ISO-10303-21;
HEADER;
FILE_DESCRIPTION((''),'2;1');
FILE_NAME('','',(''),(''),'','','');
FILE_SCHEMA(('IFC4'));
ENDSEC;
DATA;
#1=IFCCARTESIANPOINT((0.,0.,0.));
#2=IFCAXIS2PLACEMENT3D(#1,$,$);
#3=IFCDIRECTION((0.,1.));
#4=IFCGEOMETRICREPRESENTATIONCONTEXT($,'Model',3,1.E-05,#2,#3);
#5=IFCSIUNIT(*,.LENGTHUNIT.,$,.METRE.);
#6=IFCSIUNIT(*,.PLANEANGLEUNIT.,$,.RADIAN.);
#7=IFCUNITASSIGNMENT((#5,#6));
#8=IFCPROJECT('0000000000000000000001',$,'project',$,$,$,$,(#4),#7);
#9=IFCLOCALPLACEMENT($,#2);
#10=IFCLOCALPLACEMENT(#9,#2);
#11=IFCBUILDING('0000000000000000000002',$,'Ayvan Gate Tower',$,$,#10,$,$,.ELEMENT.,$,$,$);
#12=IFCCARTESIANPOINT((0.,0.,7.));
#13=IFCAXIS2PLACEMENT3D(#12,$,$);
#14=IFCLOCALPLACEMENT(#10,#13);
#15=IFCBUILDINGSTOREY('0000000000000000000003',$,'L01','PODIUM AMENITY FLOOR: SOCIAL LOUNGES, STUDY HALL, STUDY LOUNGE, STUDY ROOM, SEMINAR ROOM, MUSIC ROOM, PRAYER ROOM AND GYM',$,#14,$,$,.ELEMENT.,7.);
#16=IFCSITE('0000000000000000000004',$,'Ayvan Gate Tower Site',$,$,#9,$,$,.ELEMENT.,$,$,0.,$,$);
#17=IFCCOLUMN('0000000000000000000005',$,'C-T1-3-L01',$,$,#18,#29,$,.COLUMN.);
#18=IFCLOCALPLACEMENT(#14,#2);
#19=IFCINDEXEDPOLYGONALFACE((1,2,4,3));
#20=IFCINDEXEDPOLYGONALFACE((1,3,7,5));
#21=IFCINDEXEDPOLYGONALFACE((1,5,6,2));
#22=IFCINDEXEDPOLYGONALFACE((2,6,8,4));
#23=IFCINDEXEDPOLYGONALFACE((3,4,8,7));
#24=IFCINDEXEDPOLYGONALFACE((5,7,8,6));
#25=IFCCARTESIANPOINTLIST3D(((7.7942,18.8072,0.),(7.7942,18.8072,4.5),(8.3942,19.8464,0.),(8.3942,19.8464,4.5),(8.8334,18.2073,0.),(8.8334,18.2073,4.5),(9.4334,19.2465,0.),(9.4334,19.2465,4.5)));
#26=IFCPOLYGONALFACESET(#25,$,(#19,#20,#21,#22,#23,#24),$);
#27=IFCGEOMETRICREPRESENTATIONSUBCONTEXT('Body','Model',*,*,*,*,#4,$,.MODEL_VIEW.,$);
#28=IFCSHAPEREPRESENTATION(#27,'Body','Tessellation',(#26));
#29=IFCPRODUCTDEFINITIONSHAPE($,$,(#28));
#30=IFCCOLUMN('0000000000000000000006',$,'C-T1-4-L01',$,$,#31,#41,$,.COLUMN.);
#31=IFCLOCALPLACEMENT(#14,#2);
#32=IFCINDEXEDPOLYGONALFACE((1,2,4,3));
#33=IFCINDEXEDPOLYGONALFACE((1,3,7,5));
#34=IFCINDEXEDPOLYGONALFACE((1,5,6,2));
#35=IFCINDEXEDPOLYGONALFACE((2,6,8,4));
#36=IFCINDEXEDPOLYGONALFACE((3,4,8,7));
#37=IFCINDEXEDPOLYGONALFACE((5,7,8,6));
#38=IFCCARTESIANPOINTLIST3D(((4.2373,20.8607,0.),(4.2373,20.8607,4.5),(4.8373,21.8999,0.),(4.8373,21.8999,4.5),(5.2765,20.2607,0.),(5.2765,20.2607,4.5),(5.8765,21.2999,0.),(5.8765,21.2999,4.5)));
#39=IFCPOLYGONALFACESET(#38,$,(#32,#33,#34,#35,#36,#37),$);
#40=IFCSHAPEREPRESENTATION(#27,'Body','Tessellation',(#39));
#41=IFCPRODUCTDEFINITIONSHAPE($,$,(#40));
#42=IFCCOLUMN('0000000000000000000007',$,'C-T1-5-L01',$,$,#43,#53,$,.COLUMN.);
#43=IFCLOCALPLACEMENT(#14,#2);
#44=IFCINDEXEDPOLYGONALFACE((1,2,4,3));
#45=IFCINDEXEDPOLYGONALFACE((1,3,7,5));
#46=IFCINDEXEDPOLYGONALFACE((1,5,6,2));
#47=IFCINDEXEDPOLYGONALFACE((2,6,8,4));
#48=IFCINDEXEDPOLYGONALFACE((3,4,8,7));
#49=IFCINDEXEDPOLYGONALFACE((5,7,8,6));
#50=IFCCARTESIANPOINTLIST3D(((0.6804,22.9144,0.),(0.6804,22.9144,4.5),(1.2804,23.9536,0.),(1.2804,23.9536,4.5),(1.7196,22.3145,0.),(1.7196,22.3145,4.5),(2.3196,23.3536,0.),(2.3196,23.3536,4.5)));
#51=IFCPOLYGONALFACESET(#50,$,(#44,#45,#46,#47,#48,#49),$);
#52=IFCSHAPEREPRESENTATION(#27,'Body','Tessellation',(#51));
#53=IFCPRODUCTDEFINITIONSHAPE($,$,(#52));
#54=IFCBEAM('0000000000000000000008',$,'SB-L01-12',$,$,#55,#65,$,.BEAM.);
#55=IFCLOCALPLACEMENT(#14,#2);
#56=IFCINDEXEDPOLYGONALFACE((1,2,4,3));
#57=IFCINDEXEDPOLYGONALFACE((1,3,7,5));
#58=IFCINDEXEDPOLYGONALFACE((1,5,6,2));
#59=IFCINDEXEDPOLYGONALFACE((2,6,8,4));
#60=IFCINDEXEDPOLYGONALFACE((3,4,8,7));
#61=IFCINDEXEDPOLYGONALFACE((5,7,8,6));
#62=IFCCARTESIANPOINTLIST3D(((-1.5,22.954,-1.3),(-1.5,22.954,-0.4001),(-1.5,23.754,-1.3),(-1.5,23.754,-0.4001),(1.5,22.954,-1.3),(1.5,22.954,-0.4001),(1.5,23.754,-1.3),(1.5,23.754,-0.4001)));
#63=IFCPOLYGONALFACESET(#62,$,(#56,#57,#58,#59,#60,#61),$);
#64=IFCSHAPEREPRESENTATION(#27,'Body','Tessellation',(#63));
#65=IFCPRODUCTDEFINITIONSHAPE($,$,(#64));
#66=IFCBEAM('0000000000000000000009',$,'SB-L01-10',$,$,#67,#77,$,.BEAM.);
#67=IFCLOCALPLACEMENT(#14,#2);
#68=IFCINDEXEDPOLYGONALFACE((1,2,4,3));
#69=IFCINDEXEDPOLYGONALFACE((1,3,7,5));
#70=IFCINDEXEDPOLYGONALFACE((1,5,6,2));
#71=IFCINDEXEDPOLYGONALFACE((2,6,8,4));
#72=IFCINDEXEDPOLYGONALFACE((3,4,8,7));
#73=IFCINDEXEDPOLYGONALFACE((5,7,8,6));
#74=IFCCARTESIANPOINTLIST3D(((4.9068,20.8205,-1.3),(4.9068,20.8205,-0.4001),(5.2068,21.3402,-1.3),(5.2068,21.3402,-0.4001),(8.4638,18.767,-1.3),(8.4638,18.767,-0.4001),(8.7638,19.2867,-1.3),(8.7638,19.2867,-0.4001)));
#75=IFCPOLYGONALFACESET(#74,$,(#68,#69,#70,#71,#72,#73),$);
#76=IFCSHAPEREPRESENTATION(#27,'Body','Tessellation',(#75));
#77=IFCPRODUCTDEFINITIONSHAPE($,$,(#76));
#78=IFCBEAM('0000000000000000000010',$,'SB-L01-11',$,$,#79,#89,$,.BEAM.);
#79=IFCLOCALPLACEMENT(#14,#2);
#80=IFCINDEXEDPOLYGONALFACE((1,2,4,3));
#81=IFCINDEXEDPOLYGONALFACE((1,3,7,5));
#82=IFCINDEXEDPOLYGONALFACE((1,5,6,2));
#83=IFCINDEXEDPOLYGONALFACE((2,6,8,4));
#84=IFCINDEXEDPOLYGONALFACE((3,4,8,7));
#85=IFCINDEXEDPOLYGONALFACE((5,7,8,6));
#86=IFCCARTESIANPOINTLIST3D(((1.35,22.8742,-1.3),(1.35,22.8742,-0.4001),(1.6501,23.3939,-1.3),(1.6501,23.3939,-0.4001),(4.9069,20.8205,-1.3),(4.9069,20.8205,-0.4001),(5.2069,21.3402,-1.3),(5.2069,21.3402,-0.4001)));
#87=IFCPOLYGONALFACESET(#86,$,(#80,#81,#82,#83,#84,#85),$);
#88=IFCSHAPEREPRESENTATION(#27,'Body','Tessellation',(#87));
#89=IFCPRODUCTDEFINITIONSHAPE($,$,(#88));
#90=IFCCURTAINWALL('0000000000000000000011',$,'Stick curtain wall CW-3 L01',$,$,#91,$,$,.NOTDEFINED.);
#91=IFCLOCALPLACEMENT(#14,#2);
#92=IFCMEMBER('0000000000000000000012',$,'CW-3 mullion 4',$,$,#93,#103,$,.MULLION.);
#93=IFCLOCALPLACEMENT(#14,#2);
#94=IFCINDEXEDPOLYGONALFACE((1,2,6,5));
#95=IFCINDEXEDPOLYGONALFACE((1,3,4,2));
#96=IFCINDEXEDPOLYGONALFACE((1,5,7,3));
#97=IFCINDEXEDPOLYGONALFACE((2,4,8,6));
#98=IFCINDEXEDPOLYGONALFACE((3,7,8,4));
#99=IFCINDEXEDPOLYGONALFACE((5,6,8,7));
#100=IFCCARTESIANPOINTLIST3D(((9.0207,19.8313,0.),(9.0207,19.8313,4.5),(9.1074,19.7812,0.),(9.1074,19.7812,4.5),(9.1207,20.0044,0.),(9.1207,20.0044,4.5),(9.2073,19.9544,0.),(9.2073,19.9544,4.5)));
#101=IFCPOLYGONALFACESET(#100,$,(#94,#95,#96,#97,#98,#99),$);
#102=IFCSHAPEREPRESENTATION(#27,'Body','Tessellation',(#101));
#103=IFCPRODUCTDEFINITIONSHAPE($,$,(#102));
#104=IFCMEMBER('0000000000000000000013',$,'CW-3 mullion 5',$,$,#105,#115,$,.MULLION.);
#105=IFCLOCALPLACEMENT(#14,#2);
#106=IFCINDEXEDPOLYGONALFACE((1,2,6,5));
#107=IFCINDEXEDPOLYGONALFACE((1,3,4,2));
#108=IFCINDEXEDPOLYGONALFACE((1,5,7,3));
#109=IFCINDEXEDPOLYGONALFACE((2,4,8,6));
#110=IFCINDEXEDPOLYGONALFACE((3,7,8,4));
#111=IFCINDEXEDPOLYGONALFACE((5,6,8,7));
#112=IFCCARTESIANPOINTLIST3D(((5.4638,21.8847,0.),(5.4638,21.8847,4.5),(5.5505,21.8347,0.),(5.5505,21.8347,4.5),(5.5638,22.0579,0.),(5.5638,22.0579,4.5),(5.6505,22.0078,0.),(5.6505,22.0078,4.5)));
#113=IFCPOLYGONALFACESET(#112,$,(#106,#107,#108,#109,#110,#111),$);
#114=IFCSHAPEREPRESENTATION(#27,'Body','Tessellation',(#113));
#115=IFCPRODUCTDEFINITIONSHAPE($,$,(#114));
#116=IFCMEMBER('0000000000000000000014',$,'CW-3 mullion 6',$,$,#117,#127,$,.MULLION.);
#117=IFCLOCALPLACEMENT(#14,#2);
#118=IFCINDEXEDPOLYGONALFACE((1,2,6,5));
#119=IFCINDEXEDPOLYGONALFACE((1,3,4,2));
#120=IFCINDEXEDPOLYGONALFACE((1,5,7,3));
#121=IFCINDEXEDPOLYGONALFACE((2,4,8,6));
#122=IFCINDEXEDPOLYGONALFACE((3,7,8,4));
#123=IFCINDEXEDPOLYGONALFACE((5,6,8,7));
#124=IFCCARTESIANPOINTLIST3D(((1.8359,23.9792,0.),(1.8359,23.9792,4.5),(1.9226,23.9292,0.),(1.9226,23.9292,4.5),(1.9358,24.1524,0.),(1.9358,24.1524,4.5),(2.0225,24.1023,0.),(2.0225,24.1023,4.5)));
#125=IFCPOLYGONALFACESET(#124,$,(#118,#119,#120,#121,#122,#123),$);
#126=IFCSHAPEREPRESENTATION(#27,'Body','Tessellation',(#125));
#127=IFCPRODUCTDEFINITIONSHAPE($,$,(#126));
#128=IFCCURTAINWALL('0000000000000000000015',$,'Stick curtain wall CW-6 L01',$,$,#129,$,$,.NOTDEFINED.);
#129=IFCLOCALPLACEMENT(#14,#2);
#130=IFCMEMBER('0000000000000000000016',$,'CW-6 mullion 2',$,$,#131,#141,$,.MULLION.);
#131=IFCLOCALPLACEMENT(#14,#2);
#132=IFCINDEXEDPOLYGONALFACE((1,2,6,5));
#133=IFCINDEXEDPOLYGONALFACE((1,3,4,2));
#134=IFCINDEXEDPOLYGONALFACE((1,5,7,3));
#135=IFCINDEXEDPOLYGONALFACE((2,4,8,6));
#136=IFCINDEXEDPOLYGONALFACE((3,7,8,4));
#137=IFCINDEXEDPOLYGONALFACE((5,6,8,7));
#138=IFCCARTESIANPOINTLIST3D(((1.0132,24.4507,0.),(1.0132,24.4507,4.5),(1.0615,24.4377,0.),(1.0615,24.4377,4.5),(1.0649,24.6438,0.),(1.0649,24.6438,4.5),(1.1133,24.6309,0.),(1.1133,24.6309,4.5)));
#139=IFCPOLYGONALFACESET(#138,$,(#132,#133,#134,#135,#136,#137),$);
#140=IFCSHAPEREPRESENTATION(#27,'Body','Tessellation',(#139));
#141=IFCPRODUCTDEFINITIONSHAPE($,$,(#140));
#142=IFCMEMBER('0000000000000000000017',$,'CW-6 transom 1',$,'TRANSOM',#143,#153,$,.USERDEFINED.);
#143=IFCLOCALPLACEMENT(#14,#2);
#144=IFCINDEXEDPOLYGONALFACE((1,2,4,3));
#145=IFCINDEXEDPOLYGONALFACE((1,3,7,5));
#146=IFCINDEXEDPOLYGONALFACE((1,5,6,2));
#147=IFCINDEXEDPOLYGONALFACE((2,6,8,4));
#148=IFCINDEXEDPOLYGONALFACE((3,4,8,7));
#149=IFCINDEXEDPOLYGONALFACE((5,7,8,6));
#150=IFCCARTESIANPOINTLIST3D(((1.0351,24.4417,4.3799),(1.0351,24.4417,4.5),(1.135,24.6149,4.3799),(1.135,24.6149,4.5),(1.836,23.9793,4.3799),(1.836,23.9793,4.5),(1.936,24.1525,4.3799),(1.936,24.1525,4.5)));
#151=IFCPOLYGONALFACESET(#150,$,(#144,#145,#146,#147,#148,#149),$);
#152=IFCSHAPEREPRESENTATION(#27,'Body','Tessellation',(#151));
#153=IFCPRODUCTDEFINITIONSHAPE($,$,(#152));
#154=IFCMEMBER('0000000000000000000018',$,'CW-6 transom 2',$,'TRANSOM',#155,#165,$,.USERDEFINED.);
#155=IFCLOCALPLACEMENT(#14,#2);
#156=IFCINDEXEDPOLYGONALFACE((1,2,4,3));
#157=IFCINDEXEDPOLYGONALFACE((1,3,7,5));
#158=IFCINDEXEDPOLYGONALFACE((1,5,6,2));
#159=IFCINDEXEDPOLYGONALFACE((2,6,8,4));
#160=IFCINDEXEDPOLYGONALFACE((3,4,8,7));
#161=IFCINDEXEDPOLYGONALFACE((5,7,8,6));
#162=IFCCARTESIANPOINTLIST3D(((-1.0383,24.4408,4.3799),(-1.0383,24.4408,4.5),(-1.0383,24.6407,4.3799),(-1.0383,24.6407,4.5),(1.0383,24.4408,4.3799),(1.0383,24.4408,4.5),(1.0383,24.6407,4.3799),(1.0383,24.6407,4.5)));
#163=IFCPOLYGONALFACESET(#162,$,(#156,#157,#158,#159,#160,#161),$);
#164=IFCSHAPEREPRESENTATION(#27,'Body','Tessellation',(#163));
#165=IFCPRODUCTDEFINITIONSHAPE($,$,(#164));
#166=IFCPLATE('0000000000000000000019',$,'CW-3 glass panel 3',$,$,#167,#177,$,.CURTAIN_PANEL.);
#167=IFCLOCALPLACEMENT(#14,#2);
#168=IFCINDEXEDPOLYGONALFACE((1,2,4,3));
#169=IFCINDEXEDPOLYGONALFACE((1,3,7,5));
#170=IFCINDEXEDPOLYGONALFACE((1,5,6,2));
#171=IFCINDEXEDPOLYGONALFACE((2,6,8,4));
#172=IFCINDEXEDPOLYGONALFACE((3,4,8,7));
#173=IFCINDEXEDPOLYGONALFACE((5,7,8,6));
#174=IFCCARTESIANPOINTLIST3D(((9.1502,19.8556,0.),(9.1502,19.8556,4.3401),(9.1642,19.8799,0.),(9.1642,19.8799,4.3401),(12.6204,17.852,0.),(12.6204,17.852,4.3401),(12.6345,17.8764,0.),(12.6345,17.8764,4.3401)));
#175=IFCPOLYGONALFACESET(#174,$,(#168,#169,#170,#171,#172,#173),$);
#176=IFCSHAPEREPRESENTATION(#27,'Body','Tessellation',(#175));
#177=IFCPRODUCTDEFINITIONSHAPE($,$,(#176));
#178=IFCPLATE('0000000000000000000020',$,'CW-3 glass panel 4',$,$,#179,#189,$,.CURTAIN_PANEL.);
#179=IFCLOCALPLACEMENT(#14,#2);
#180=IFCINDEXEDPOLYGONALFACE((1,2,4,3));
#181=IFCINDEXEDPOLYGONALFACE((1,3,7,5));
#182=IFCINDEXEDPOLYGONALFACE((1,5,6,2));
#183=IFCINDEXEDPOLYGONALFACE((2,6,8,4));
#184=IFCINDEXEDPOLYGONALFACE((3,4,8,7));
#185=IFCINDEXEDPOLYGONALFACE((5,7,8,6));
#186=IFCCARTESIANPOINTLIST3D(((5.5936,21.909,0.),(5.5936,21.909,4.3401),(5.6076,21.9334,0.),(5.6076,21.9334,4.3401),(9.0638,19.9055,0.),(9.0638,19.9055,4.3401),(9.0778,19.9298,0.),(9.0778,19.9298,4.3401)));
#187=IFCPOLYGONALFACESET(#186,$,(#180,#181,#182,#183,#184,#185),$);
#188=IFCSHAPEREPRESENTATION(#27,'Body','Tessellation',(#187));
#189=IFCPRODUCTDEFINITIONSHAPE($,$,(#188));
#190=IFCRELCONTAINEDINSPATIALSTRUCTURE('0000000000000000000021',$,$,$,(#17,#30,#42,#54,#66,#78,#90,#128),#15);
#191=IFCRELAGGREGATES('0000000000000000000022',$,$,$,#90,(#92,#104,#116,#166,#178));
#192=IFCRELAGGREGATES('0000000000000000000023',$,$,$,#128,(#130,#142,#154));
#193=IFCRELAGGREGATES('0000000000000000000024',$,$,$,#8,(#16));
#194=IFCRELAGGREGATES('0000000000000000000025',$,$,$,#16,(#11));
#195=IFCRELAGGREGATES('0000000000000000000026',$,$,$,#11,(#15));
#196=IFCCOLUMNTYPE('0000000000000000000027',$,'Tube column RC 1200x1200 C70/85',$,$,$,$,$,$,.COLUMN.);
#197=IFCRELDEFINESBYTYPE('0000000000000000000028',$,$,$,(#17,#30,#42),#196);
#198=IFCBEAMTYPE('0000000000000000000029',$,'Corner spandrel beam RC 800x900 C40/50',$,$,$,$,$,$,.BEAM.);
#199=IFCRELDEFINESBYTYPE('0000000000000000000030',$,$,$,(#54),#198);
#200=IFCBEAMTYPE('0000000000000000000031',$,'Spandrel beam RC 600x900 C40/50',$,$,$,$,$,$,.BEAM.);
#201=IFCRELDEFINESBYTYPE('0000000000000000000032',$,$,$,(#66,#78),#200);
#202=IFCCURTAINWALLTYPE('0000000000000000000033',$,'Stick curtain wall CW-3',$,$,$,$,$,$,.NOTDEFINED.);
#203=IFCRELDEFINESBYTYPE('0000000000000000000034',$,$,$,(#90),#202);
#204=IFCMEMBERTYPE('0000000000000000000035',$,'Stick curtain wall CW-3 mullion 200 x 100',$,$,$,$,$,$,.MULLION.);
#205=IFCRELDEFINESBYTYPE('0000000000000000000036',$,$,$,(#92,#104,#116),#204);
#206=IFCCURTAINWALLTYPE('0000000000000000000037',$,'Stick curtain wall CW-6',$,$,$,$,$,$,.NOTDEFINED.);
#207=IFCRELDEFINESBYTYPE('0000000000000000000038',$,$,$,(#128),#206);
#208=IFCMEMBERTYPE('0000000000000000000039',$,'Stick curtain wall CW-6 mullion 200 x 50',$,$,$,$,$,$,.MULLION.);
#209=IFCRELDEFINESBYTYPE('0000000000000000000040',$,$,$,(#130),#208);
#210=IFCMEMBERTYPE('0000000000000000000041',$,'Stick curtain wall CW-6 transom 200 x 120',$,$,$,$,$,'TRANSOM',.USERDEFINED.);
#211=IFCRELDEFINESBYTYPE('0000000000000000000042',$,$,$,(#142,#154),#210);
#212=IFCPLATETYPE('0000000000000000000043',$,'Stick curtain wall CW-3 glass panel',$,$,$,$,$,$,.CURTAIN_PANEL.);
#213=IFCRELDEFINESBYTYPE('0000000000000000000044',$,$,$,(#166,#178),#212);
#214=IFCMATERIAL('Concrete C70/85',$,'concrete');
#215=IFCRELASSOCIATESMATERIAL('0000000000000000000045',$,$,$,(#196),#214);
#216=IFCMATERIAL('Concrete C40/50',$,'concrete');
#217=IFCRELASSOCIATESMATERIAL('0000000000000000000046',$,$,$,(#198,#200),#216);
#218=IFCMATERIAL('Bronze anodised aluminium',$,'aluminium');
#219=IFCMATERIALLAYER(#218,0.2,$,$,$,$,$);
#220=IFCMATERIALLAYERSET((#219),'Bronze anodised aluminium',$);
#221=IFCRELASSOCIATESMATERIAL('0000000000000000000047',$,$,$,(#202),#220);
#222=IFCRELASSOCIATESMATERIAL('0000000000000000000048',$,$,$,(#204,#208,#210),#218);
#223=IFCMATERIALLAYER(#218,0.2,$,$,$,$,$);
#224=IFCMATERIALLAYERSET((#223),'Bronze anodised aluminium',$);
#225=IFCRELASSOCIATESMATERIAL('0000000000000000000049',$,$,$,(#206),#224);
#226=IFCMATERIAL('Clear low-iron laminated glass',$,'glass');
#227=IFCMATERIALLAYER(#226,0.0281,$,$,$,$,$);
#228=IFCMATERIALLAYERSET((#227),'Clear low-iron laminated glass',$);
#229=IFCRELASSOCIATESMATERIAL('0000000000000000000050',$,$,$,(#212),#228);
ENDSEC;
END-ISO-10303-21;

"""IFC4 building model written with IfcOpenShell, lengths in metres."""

from ifc_helpers import new_model, si_unit, direction, frame, origin, origin_2d, place, context, subcontext, project, spatial, rectangle, extrude, material, layer, layer_set, material_profile, profile_set, type_object, element, aggregate, save


model = new_model("IFC4")

# Units and contexts
model_context = context("Model", 3, precision=1e-05, world=origin(), true_north=direction((0.0, 1.0)))
body_context = subcontext(model_context, "Body", "Model", "MODEL_VIEW")
ifc_project = project(units=[si_unit("LENGTHUNIT", "METRE"), si_unit("PLANEANGLEUNIT", "RADIAN")], contexts=[model_context])

# Site, building, storey
site_placement = place(None, origin())
site = spatial("IfcSite", under=ifc_project, at=site_placement, Name="Ayvan Gate Tower Site", CompositionType="ELEMENT", RefElevation=0.0)
building_placement = place(site_placement, origin())
building = spatial("IfcBuilding", under=site, at=building_placement, Name="Ayvan Gate Tower", CompositionType="ELEMENT")
storey_placement = place(building_placement, frame((0.0, 0.0, 7.0)))
storey = spatial("IfcBuildingStorey", under=building, at=storey_placement, Name="L01", Description="PODIUM AMENITY FLOOR: SOCIAL LOUNGES, STUDY HALL, STUDY LOUNGE, STUDY ROOM, SEMINAR ROOM, MUSIC ROOM, PRAYER ROOM AND GYM", CompositionType="ELEMENT", Elevation=7.0)

# Columns
ifc_material_1 = material(Name="Concrete C70/85", Category="concrete")
ifc_material_profile_1 = material_profile(ifc_material_1, rectangle(XDim=1.2, YDim=1.2, at=origin_2d()), Name="RC 1200x1200")
ifc_profile_set_1 = profile_set([ifc_material_profile_1], Name="Concrete C70/85")
column_type = type_object("IfcColumnType", Name="Tube column RC 1200x1200 C70/85", PredefinedType="COLUMN", material=ifc_profile_set_1)
for number, where, z_axis, x_axis, name in (
    (1, (8.6138, 19.0269, 0.0), (0.0, 0.0, 1.0), (0.5, 0.866025, 0.0), "C-T1-3-L01"),
    (2, (5.0569, 21.0803, 0.0), (0.0, 0.0, 1.0), (0.5, 0.866025, 0.0), "C-T1-4-L01"),
    (3, (1.5, 23.134, 0.0), (0.0, 0.0, 1.0), (0.5, 0.866025, 0.0), "C-T1-5-L01"),
):
    element("IfcColumn", number, at=place(storey_placement, frame(where, z_axis=z_axis, x_axis=x_axis)), inside=storey, type_object=column_type, Name=name, PredefinedType="COLUMN", context=body_context, shape_type="SweptSolid", body=[
        extrude(rectangle(XDim=1.2, YDim=1.2, at=origin_2d()), origin(), (0.0, 0.0, 1.0), 4.5),
    ])

# Beams
ifc_material_2 = material(Name="Concrete C40/50", Category="concrete")
ifc_material_profile_2 = material_profile(ifc_material_2, rectangle(XDim=0.8, YDim=0.8999, at=origin_2d()), Name="RC 800x900")
ifc_profile_set_2 = profile_set([ifc_material_profile_2], Name="Concrete C40/50")
beam_type_1 = type_object("IfcBeamType", Name="Corner spandrel beam RC 800x900 C40/50", PredefinedType="BEAM", material=ifc_profile_set_2)
beam_placement = place(storey_placement, frame((1.5, 23.354, -0.8501), z_axis=(-1.0, 0.0, 0.0), x_axis=(0.0, -1.0, 0.0)))
element("IfcBeam", 4, at=beam_placement, inside=storey, type_object=beam_type_1, Name="SB-L01-12", PredefinedType="BEAM", context=body_context, shape_type="SweptSolid", body=[
    extrude(rectangle(XDim=0.8, YDim=0.8999, at=origin_2d()), origin(), (0.0, 0.0, 1.0), 3.0),
])
ifc_material_profile_3 = material_profile(ifc_material_2, rectangle(XDim=0.6001, YDim=0.8999, at=origin_2d()), Name="RC 600x900")
ifc_profile_set_3 = profile_set([ifc_material_profile_3], Name="Concrete C40/50")
beam_type_2 = type_object("IfcBeamType", Name="Spandrel beam RC 600x900 C40/50", PredefinedType="BEAM", material=ifc_profile_set_3)
for number, where, z_axis, x_axis, name in (
    (5, (8.6138, 19.0269, -0.8501), (-0.866036, 0.499981, 0.0), (-0.499981, -0.866036, 0.0), "SB-L01-10"),
    (6, (5.0569, 21.0803, -0.8501), (-0.86601, 0.500026, 0.0), (-0.500026, -0.86601, 0.0), "SB-L01-11"),
):
    element("IfcBeam", number, at=place(storey_placement, frame(where, z_axis=z_axis, x_axis=x_axis)), inside=storey, type_object=beam_type_2, Name=name, PredefinedType="BEAM", context=body_context, shape_type="SweptSolid", body=[
        extrude(rectangle(XDim=0.6001, YDim=0.8999, at=origin_2d()), origin(), (0.0, 0.0, 1.0), 4.1072),
    ])

# Curtain walls, members
ifc_material_3 = material(Name="Bronze anodised aluminium", Category="aluminium")
ifc_layer_1 = layer(ifc_material_3, 0.2)
ifc_layer_set_1 = layer_set([ifc_layer_1], Name="Bronze anodised aluminium")
curtain_wall_type_1 = type_object("IfcCurtainWallType", Name="Stick curtain wall CW-3", PredefinedType="NOTDEFINED", material=ifc_layer_set_1)
curtain_wall_1_placement = place(storey_placement, origin())
curtain_wall_1 = element("IfcCurtainWall", 7, at=curtain_wall_1_placement, inside=storey, type_object=curtain_wall_type_1, Name="Stick curtain wall CW-3 L01", PredefinedType="NOTDEFINED")
ifc_material_profile_4 = material_profile(ifc_material_3, rectangle(XDim=0.2, YDim=0.1001, at=origin_2d()), Name="Stick curtain wall CW-3 mullion 200 x 100")
ifc_profile_set_4 = profile_set([ifc_material_profile_4], Name="Bronze anodised aluminium")
member_type_1 = type_object("IfcMemberType", Name="Stick curtain wall CW-3 mullion 200 x 100", PredefinedType="MULLION", material=ifc_profile_set_4)
member_1_placement = place(storey_placement, frame((9.114, 19.8928, 0.0), z_axis=(0.0, 0.0, 1.0), x_axis=(0.5, 0.866025, 0.0)))
member_1 = element("IfcMember", 8, at=member_1_placement, type_object=member_type_1, Name="CW-3 mullion 4", PredefinedType="MULLION", context=body_context, shape_type="SweptSolid", body=[
    extrude(rectangle(XDim=0.2, YDim=0.1001, at=origin_2d()), origin(), (0.0, 0.0, 1.0), 4.5),
])
member_2_placement = place(storey_placement, frame((5.5571, 21.9463, 0.0), z_axis=(0.0, 0.0, 1.0), x_axis=(0.5, 0.866025, 0.0)))
member_2 = element("IfcMember", 9, at=member_2_placement, type_object=member_type_1, Name="CW-3 mullion 5", PredefinedType="MULLION", context=body_context, shape_type="SweptSolid", body=[
    extrude(rectangle(XDim=0.2, YDim=0.1001, at=origin_2d()), origin(), (0.0, 0.0, 1.0), 4.5),
])
member_3_placement = place(storey_placement, frame((1.9292, 24.0408, 0.0), z_axis=(0.0, 0.0, 1.0), x_axis=(0.5, 0.866025, 0.0)))
member_3 = element("IfcMember", 10, at=member_3_placement, type_object=member_type_1, Name="CW-3 mullion 6", PredefinedType="MULLION", context=body_context, shape_type="SweptSolid", body=[
    extrude(rectangle(XDim=0.2, YDim=0.1001, at=origin_2d()), origin(), (0.0, 0.0, 1.0), 4.5),
])
ifc_layer_2 = layer(ifc_material_3, 0.2)
ifc_layer_set_2 = layer_set([ifc_layer_2], Name="Bronze anodised aluminium")
curtain_wall_type_2 = type_object("IfcCurtainWallType", Name="Stick curtain wall CW-6", PredefinedType="NOTDEFINED", material=ifc_layer_set_2)
curtain_wall_2_placement = place(storey_placement, origin())
curtain_wall_2 = element("IfcCurtainWall", 11, at=curtain_wall_2_placement, inside=storey, type_object=curtain_wall_type_2, Name="Stick curtain wall CW-6 L01", PredefinedType="NOTDEFINED")
ifc_material_profile_5 = material_profile(ifc_material_3, rectangle(XDim=0.2, YDim=0.05, at=origin_2d()), Name="Stick curtain wall CW-6 mullion 200 x 50")
ifc_profile_set_5 = profile_set([ifc_material_profile_5], Name="Bronze anodised aluminium")
member_type_2 = type_object("IfcMemberType", Name="Stick curtain wall CW-6 mullion 200 x 50", PredefinedType="MULLION", material=ifc_profile_set_5)
member_4_placement = place(storey_placement, frame((1.0632, 24.5408, 0.0), z_axis=(0.0, 0.0, 1.0), x_axis=(0.258819, 0.965926, 0.0)))
member_4 = element("IfcMember", 12, at=member_4_placement, type_object=member_type_2, Name="CW-6 mullion 2", PredefinedType="MULLION", context=body_context, shape_type="SweptSolid", body=[
    extrude(rectangle(XDim=0.2, YDim=0.05, at=origin_2d()), origin(), (0.0, 0.0, 1.0), 4.5),
])
ifc_material_profile_6 = material_profile(ifc_material_3, rectangle(XDim=0.2, YDim=0.1201, at=origin_2d()), Name="Stick curtain wall CW-6 transom 200 x 120")
ifc_profile_set_6 = profile_set([ifc_material_profile_6], Name="Bronze anodised aluminium")
member_type_3 = type_object("IfcMemberType", Name="Stick curtain wall CW-6 transom 200 x 120", ElementType="TRANSOM", PredefinedType="USERDEFINED", material=ifc_profile_set_6)
member_5_placement = place(storey_placement, frame((1.886, 24.0659, 4.4399), z_axis=(-0.866058, 0.499943, 0.0), x_axis=(-0.499943, -0.866058, 0.0)))
member_5 = element("IfcMember", 13, at=member_5_placement, type_object=member_type_3, Name="CW-6 transom 1", ObjectType="TRANSOM", PredefinedType="USERDEFINED", context=body_context, shape_type="SweptSolid", body=[
    extrude(rectangle(XDim=0.2, YDim=0.1201, at=origin_2d()), origin(), (0.0, 0.0, 1.0), 0.9248),
])
member_6_placement = place(storey_placement, frame((1.0383, 24.5408, 4.4399), z_axis=(-1.0, 0.0, 0.0), x_axis=(0.0, -1.0, 0.0)))
member_6 = element("IfcMember", 14, at=member_6_placement, type_object=member_type_3, Name="CW-6 transom 2", ObjectType="TRANSOM", PredefinedType="USERDEFINED", context=body_context, shape_type="SweptSolid", body=[
    extrude(rectangle(XDim=0.2, YDim=0.1201, at=origin_2d()), origin(), (0.0, 0.0, 1.0), 2.0767),
])

# Plates
ifc_material_4 = material(Name="Clear low-iron laminated glass", Category="glass")
ifc_layer_3 = layer(ifc_material_4, 0.0281)
ifc_layer_set_3 = layer_set([ifc_layer_3], Name="Clear low-iron laminated glass")
plate_type_1 = type_object("IfcPlateType", Name="Stick curtain wall CW-3 glass panel", PredefinedType="CURTAIN_PANEL", material=ifc_layer_set_3)
plate_1_placement = place(storey_placement, frame((10.8923, 18.866, 0.0), z_axis=(0.0, 0.0, 1.0), x_axis=(-0.866025, 0.5, 0.0)))
plate_1 = element("IfcPlate", 15, at=plate_1_placement, type_object=plate_type_1, Name="CW-3 glass panel 3", PredefinedType="CURTAIN_PANEL", context=body_context, shape_type="SweptSolid", body=[
    extrude(rectangle(XDim=4.0071, YDim=0.0281, at=origin_2d()), origin(), (0.0, 0.0, 1.0), 4.3401),
])
plate_2_placement = place(storey_placement, frame((7.3357, 20.9194, 0.0), z_axis=(0.0, 0.0, 1.0), x_axis=(-0.866025, 0.5, 0.0)))
plate_2 = element("IfcPlate", 16, at=plate_2_placement, type_object=plate_type_1, Name="CW-3 glass panel 4", PredefinedType="CURTAIN_PANEL", context=body_context, shape_type="SweptSolid", body=[
    extrude(rectangle(XDim=4.0071, YDim=0.0281, at=origin_2d()), origin(), (0.0, 0.0, 1.0), 4.3401),
])
aggregate(curtain_wall_1, [member_1, member_2, member_3, plate_1, plate_2])
aggregate(curtain_wall_2, [member_4, member_5, member_6])

save(model, "model.ifc")
